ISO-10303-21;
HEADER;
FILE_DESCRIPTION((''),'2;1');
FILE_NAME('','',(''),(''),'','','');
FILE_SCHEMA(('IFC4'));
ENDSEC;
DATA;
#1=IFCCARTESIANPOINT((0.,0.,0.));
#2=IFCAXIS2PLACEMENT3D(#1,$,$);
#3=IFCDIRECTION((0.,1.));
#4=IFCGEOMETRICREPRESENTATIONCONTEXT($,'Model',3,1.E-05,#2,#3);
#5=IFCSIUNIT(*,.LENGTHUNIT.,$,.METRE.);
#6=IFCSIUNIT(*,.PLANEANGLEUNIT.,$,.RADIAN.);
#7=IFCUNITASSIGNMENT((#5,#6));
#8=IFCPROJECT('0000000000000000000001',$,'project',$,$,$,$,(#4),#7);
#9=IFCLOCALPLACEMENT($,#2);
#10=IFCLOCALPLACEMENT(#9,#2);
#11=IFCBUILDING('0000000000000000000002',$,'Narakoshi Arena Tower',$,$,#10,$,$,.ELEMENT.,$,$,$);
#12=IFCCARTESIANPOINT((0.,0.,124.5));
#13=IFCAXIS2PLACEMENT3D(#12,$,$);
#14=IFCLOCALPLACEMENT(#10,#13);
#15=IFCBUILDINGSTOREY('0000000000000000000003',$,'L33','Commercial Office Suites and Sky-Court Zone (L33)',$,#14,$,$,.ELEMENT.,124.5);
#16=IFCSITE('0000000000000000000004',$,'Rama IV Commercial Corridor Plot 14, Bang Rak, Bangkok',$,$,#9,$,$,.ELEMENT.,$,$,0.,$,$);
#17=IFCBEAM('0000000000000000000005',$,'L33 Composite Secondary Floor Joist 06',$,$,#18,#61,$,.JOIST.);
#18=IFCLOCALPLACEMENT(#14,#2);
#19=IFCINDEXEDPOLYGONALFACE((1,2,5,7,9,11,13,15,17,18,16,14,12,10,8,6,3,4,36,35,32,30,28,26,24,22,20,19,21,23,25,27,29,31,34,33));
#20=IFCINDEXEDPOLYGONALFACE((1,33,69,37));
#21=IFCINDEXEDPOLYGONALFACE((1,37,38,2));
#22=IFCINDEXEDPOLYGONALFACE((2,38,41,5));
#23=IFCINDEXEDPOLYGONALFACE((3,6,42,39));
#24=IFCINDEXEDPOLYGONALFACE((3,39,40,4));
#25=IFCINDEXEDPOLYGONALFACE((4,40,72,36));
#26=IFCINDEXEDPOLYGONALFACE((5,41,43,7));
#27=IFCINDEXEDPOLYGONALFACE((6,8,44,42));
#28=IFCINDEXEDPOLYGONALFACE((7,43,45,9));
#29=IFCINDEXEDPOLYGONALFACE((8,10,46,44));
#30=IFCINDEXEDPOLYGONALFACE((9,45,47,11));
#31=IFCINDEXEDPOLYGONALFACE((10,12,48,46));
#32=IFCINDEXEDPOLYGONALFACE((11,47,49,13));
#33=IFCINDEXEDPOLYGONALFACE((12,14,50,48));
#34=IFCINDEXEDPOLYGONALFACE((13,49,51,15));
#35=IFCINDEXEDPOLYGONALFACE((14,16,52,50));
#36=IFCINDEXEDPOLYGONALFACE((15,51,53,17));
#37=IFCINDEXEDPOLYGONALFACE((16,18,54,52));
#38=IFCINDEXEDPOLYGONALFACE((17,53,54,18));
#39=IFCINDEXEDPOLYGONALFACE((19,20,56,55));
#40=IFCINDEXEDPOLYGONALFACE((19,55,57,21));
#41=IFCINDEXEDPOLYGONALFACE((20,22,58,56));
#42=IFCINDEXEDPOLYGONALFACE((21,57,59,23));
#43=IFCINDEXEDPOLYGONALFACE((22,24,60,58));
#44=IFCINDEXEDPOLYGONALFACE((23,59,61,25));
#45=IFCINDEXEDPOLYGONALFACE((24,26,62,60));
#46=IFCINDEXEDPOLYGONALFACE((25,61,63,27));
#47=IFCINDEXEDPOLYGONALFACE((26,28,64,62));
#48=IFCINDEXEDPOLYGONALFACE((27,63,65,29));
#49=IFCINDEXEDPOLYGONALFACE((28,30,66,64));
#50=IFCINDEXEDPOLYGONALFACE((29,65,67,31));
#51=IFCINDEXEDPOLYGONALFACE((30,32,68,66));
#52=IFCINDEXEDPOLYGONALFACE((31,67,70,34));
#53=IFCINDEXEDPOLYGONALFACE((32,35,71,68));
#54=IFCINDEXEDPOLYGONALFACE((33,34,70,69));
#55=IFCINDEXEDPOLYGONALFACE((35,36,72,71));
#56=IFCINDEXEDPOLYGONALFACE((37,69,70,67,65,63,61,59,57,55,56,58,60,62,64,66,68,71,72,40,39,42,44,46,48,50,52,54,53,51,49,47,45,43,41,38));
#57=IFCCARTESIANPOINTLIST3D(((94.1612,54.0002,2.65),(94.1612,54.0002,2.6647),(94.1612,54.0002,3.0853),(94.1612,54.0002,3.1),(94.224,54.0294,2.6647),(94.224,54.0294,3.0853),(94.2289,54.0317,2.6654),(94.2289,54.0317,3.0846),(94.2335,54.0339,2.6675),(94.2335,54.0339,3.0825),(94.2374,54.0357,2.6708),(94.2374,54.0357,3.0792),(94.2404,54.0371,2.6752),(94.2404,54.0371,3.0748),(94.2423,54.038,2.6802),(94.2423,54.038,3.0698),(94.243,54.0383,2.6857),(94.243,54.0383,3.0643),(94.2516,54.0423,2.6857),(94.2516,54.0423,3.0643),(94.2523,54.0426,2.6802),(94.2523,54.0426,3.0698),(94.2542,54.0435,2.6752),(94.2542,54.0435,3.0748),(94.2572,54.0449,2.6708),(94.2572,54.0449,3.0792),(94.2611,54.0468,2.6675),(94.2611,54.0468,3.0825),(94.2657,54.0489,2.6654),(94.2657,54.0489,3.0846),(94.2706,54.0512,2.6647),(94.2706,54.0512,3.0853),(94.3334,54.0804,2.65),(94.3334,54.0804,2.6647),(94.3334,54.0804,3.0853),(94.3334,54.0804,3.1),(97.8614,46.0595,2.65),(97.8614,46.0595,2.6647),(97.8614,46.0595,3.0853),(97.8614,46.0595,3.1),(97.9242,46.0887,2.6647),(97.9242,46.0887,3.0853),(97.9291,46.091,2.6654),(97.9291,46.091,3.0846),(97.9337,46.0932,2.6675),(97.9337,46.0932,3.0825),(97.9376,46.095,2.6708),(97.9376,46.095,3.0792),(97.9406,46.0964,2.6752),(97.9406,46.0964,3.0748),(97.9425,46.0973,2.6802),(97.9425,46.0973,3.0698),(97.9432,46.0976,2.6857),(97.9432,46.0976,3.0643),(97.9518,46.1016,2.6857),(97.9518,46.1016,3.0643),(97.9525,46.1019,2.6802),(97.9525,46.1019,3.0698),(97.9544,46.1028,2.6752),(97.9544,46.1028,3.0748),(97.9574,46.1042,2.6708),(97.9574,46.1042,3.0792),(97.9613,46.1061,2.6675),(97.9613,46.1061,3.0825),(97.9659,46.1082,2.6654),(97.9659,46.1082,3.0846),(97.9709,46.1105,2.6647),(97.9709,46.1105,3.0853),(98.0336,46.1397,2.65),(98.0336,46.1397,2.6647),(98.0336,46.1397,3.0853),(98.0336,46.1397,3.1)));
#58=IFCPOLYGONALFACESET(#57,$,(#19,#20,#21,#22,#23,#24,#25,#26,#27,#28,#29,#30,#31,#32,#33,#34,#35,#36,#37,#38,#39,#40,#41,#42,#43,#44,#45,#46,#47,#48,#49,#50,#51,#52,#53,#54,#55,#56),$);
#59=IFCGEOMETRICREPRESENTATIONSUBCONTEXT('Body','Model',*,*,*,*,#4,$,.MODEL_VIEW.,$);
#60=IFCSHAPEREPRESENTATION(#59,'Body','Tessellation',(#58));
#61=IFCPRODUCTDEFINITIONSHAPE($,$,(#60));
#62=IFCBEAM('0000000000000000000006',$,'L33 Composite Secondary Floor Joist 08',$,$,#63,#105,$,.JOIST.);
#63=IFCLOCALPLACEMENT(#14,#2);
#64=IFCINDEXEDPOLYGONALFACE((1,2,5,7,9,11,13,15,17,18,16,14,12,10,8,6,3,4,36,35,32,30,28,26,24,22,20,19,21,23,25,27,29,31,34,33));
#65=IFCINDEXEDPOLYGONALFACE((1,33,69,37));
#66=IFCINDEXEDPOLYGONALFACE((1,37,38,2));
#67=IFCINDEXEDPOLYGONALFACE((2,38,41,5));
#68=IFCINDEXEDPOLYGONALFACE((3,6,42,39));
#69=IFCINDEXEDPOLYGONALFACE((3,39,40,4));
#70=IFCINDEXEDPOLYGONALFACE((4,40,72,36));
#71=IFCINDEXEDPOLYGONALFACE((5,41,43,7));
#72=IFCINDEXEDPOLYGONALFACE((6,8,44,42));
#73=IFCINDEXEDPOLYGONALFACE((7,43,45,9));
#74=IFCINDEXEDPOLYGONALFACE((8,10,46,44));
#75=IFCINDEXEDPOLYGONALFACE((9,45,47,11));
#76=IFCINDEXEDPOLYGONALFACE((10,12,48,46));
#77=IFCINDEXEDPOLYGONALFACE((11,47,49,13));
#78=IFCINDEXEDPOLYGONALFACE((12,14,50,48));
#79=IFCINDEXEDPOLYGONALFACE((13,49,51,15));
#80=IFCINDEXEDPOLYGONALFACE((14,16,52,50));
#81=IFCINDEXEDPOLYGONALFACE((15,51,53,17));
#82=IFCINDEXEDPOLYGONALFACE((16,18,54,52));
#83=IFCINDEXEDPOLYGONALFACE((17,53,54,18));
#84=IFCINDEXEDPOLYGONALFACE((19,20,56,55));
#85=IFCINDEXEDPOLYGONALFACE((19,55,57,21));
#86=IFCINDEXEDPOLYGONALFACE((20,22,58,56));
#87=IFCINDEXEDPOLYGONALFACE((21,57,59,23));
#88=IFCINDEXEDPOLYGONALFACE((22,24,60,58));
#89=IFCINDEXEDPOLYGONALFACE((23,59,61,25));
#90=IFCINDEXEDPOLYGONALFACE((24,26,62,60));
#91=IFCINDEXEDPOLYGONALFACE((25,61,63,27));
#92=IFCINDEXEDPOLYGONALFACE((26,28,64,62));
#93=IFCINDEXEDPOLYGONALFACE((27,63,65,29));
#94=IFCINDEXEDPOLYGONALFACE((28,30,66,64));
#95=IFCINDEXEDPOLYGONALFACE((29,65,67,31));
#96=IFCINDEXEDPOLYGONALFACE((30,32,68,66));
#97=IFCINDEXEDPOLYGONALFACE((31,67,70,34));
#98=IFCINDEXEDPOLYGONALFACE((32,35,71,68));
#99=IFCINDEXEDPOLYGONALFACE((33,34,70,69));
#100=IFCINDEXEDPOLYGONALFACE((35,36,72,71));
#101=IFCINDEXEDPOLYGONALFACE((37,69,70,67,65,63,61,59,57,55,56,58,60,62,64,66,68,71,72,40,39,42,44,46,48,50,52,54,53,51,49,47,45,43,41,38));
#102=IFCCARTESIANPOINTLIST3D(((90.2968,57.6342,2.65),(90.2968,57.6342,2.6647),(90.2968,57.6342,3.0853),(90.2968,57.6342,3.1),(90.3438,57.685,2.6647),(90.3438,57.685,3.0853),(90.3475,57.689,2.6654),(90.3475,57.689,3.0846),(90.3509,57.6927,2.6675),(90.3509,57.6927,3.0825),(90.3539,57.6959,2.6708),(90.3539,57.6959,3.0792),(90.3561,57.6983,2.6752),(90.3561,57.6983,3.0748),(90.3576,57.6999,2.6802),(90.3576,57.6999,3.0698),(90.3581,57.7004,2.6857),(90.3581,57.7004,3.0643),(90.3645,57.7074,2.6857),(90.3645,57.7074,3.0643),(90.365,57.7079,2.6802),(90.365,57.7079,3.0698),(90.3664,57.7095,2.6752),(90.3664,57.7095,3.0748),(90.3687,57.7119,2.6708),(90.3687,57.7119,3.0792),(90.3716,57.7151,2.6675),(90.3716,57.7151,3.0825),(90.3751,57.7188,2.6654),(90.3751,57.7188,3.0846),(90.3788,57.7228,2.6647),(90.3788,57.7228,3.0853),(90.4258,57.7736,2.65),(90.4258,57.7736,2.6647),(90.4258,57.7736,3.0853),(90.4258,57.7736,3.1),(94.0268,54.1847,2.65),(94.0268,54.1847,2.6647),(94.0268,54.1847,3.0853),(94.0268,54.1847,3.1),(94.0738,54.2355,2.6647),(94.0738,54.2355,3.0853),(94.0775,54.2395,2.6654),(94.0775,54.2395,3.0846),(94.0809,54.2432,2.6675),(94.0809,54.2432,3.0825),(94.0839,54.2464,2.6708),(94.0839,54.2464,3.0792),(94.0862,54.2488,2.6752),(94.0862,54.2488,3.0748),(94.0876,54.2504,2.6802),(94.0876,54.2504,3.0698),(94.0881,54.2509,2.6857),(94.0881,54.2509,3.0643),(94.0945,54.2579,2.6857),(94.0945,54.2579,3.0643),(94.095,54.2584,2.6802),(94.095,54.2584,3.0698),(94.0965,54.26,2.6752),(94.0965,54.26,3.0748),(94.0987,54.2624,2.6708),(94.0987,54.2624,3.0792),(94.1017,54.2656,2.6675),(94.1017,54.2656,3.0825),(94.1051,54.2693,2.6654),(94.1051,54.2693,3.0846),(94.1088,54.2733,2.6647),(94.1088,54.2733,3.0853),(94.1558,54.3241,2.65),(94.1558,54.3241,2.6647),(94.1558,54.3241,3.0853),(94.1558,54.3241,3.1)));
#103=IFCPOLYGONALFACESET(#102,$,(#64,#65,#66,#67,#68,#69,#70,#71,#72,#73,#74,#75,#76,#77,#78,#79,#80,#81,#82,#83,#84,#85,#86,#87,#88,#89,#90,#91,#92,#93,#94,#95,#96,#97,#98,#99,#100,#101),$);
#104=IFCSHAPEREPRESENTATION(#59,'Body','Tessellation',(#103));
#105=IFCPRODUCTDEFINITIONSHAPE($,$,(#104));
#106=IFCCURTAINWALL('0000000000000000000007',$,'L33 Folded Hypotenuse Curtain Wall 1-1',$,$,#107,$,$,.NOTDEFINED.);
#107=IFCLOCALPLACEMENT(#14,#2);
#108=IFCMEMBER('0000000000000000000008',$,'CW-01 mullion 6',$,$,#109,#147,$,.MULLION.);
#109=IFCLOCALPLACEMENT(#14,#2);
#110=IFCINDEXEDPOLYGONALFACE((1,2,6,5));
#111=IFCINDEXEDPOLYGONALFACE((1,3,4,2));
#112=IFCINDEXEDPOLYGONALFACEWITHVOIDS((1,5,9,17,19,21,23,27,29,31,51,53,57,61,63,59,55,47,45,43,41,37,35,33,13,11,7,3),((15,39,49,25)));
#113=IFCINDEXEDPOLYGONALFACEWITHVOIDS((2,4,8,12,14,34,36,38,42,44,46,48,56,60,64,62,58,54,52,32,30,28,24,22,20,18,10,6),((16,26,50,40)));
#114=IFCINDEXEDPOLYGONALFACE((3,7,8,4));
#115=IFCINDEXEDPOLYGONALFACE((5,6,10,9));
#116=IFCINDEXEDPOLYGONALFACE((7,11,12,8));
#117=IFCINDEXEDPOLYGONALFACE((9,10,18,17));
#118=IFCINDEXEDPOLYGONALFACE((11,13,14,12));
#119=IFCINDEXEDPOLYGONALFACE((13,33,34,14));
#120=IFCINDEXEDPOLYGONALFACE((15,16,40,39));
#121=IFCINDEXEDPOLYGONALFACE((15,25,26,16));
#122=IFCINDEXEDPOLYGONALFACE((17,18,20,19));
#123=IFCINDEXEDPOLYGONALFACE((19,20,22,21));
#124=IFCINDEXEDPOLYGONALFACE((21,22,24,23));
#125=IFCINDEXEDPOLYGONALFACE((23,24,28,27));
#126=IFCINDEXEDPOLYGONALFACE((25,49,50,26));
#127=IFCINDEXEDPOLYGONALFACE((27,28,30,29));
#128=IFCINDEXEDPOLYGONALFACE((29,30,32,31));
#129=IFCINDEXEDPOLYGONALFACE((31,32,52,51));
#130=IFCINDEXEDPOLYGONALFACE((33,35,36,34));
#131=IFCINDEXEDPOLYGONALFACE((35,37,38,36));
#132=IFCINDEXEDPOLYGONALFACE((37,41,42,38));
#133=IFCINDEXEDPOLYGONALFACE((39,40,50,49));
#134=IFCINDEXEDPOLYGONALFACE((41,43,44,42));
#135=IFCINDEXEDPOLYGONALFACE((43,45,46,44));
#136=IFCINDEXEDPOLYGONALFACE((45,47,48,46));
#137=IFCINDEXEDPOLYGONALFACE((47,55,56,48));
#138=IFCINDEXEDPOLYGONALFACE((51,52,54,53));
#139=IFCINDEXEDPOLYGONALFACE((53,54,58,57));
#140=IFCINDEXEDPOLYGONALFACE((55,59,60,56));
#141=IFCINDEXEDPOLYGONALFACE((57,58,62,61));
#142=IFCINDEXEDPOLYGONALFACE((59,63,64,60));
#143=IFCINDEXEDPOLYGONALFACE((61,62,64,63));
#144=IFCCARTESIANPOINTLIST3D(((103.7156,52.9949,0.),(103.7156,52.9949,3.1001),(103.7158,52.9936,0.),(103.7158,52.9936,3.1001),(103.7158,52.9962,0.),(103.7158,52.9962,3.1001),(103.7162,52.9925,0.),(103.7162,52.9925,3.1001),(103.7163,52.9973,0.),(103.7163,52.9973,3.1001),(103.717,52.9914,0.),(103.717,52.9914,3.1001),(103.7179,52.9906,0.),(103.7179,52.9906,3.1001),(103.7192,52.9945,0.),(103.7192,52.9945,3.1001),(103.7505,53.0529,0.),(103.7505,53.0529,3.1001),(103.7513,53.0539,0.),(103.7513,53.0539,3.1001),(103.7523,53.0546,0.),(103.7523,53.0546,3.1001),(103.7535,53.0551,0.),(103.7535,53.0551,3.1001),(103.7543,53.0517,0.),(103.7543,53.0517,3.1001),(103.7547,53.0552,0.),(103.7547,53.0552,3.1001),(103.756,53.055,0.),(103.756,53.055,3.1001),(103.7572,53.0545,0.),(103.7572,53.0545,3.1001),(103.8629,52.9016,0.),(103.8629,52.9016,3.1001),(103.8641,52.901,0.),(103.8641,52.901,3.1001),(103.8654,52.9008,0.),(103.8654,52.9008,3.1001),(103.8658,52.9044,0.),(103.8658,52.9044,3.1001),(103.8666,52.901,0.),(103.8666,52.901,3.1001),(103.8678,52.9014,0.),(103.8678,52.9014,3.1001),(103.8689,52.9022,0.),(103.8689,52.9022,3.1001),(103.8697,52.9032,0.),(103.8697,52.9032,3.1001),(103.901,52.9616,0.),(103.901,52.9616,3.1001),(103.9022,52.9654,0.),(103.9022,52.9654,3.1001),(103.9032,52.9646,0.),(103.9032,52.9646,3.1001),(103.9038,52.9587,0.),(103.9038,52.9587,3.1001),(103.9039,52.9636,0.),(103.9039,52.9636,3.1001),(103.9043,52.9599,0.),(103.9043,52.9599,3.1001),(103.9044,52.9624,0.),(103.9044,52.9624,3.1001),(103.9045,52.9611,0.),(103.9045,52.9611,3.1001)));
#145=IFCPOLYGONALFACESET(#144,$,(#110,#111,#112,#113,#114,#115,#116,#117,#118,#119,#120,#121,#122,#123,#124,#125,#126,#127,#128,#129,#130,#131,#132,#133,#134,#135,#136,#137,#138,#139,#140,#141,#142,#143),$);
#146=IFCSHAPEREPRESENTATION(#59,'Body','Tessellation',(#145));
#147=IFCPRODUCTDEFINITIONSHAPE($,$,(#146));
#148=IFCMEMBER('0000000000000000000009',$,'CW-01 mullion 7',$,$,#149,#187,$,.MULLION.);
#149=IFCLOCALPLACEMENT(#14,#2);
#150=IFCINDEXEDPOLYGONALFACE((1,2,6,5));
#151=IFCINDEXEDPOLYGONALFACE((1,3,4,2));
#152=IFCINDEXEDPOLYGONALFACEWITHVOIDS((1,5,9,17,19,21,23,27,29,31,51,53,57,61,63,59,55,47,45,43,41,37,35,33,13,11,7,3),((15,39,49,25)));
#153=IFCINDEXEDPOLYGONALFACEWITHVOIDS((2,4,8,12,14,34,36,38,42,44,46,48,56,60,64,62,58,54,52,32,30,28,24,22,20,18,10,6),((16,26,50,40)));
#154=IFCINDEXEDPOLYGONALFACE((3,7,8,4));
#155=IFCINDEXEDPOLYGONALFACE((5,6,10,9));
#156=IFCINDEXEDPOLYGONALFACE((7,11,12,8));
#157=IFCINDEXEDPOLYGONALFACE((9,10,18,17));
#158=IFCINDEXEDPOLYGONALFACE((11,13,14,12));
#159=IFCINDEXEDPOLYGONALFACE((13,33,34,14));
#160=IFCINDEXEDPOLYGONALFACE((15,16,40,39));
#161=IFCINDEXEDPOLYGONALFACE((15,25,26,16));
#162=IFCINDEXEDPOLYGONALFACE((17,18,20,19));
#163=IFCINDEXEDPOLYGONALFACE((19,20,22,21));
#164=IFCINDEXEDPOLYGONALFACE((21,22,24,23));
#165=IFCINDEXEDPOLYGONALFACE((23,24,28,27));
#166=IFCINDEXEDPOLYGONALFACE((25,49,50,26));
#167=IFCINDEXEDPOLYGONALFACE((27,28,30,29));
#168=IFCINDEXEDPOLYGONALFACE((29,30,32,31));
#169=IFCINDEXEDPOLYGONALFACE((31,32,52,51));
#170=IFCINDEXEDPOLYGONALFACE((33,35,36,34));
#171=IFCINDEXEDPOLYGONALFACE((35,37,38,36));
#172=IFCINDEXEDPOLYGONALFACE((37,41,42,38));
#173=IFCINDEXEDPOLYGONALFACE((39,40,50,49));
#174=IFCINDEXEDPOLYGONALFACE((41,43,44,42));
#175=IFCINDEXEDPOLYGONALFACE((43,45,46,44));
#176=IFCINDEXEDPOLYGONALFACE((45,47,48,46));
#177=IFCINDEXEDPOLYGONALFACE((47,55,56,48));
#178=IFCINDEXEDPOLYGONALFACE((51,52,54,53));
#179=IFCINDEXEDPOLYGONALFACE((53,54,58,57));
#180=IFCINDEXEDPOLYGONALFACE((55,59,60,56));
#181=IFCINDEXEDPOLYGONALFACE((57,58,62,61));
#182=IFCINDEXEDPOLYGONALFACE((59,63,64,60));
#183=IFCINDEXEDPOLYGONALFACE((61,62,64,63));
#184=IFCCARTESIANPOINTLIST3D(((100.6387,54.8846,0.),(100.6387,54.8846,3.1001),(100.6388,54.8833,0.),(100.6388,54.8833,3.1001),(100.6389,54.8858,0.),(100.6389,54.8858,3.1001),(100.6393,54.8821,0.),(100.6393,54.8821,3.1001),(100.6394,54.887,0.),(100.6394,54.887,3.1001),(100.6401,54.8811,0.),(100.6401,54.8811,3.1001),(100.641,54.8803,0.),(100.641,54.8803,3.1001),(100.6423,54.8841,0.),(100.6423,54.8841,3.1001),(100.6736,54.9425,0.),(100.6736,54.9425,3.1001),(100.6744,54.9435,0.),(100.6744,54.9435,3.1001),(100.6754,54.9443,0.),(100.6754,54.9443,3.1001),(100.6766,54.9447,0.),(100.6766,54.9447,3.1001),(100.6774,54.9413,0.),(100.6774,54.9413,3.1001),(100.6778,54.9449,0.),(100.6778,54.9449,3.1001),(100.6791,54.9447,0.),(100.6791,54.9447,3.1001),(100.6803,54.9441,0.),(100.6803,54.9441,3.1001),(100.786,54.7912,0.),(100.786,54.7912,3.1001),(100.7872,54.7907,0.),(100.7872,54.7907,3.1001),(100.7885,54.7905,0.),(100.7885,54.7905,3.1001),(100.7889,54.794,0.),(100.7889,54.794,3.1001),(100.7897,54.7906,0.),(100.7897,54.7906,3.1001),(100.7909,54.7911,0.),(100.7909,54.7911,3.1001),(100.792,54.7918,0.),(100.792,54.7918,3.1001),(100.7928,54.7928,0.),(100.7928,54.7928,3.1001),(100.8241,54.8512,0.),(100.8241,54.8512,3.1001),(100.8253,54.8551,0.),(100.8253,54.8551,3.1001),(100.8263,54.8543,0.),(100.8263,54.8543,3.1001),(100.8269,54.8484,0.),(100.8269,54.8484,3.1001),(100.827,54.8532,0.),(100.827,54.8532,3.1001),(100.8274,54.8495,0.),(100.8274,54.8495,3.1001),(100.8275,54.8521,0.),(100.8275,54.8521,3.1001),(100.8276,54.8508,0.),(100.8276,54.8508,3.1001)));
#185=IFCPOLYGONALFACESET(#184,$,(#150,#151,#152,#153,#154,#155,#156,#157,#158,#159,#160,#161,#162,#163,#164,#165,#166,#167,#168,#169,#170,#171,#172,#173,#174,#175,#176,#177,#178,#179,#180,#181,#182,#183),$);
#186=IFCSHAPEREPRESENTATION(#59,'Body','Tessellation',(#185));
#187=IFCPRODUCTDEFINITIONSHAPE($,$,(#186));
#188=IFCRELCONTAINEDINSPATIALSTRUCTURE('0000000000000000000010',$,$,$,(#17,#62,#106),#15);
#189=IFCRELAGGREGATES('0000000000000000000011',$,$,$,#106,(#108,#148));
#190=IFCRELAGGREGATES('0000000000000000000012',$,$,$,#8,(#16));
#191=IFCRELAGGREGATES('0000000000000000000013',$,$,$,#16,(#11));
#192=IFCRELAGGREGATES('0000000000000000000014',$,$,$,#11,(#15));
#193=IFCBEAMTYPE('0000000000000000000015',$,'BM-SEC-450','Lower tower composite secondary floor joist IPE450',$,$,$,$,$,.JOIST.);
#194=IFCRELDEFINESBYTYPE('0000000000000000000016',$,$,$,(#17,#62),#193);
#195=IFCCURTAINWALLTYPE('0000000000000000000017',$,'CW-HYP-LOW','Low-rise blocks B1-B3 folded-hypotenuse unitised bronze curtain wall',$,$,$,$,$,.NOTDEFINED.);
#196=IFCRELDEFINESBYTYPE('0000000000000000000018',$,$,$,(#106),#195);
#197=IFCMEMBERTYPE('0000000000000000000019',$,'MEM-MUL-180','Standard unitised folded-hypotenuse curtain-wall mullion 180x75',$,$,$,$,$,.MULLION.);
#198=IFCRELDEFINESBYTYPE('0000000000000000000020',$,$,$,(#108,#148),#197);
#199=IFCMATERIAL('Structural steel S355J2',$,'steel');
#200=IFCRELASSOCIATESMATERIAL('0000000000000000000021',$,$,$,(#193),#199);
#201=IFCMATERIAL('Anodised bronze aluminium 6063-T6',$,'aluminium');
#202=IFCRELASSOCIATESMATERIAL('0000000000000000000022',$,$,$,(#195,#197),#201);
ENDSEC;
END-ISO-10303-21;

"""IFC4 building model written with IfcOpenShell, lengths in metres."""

from ifc_helpers import new_model, si_unit, direction, frame, origin, origin_2d, place, context, subcontext, project, spatial, hollow_rectangle, i_section, extrude, material, material_profile, profile_set, type_object, element, aggregate, save


model = new_model("IFC4")

# Units and contexts
model_context = context("Model", 3, precision=1e-05, world=origin(), true_north=direction((0.0, 1.0)))
body_context = subcontext(model_context, "Body", "Model", "MODEL_VIEW")
ifc_project = project(units=[si_unit("LENGTHUNIT", "METRE"), si_unit("PLANEANGLEUNIT", "RADIAN")], contexts=[model_context])

# Site, building, storey
site_placement = place(None, origin())
site = spatial("IfcSite", under=ifc_project, at=site_placement, Name="Rama IV Commercial Corridor Plot 14, Bang Rak, Bangkok", CompositionType="ELEMENT", RefElevation=0.0)
building_placement = place(site_placement, origin())
building = spatial("IfcBuilding", under=site, at=building_placement, Name="Narakoshi Arena Tower", CompositionType="ELEMENT")
storey_placement = place(building_placement, frame((0.0, 0.0, 124.5)))
storey = spatial("IfcBuildingStorey", under=building, at=storey_placement, Name="L33", Description="Commercial Office Suites and Sky-Court Zone (L33)", CompositionType="ELEMENT", Elevation=124.5)

# Beams
ifc_material_1 = material(Name="Structural steel S355J2", Category="steel")
ifc_material_profile_1 = material_profile(ifc_material_1, i_section(OverallWidth=0.1899, OverallDepth=0.45, WebThickness=0.0095, FlangeThickness=0.0146, FilletRadius=0.021, at=origin_2d()), Name="IPE450")
ifc_profile_set_1 = profile_set([ifc_material_profile_1], Name="Structural steel S355J2")
beam_type_1 = type_object("IfcBeamType", Name="BM-SEC-450", Description="Lower tower composite secondary floor joist IPE450", PredefinedType="JOIST", material=ifc_profile_set_1)
beam_1_placement = place(storey_placement, frame((97.9475, 46.0996, 2.875), z_axis=(-0.422374, 0.906422, 0.0), x_axis=(-0.906422, -0.422374, 0.0)))
element("IfcBeam", 1, at=beam_1_placement, inside=storey, type_object=beam_type_1, Name="L33 Composite Secondary Floor Joist 06", PredefinedType="JOIST", context=body_context, shape_type="SweptSolid", body=[
    extrude(i_section(OverallWidth=0.1899, OverallDepth=0.45, WebThickness=0.0095, FlangeThickness=0.0146, FilletRadius=0.021, at=origin_2d()), origin(), (0.0, 0.0, 1.0), 8.7605),
])
beam_2_placement = place(storey_placement, frame((94.0913, 54.2544, 2.875), z_axis=(-0.734175, 0.67896, 0.0), x_axis=(-0.67896, -0.734175, 0.0)))
element("IfcBeam", 2, at=beam_2_placement, inside=storey, type_object=beam_type_1, Name="L33 Composite Secondary Floor Joist 08", PredefinedType="JOIST", context=body_context, shape_type="SweptSolid", body=[
    extrude(i_section(OverallWidth=0.1899, OverallDepth=0.45, WebThickness=0.0095, FlangeThickness=0.0146, FilletRadius=0.021, at=origin_2d()), origin(), (0.0, 0.0, 1.0), 5.0806),
])

# Curtain wall, members
ifc_material_2 = material(Name="Anodised bronze aluminium 6063-T6", Category="aluminium")
curtain_wall_type = type_object("IfcCurtainWallType", Name="CW-HYP-LOW", Description="Low-rise blocks B1-B3 folded-hypotenuse unitised bronze curtain wall", PredefinedType="NOTDEFINED", material=ifc_material_2)
curtain_wall_placement = place(storey_placement, origin())
curtain_wall = element("IfcCurtainWall", 3, at=curtain_wall_placement, inside=storey, type_object=curtain_wall_type, Name="L33 Folded Hypotenuse Curtain Wall 1-1", PredefinedType="NOTDEFINED")
ifc_material_profile_2 = material_profile(ifc_material_2, hollow_rectangle(XDim=0.075, YDim=0.1799, WallThickness=0.0039, OuterFilletRadius=0.0049, at=origin_2d()), Name="MUL180x75x4")
ifc_profile_set_2 = profile_set([ifc_material_profile_2], Name="Anodised bronze aluminium 6063-T6")
member_type_1 = type_object("IfcMemberType", Name="MEM-MUL-180", Description="Standard unitised folded-hypotenuse curtain-wall mullion 180x75", PredefinedType="MULLION", material=ifc_profile_set_2)
member_1_placement = place(storey_placement, frame((103.8101, 52.978, 0.0), z_axis=(0.0, 0.0, 1.0), x_axis=(-0.523358, -0.852113, 0.0)))
member_1 = element("IfcMember", 4, at=member_1_placement, type_object=member_type_1, Name="CW-01 mullion 6", PredefinedType="MULLION", context=body_context, shape_type="SweptSolid", body=[
    extrude(hollow_rectangle(XDim=0.075, YDim=0.1799, WallThickness=0.0039, OuterFilletRadius=0.0049, at=origin_2d()), origin(), (0.0, 0.0, 1.0), 3.1001),
])
member_2_placement = place(storey_placement, frame((100.7332, 54.8677, 0.0), z_axis=(0.0, 0.0, 1.0), x_axis=(-0.523358, -0.852113, 0.0)))
member_2 = element("IfcMember", 5, at=member_2_placement, type_object=member_type_1, Name="CW-01 mullion 7", PredefinedType="MULLION", context=body_context, shape_type="SweptSolid", body=[
    extrude(hollow_rectangle(XDim=0.075, YDim=0.1799, WallThickness=0.0039, OuterFilletRadius=0.0049, at=origin_2d()), origin(), (0.0, 0.0, 1.0), 3.1001),
])
aggregate(curtain_wall, [member_1, member_2])

save(model, "model.ifc")
